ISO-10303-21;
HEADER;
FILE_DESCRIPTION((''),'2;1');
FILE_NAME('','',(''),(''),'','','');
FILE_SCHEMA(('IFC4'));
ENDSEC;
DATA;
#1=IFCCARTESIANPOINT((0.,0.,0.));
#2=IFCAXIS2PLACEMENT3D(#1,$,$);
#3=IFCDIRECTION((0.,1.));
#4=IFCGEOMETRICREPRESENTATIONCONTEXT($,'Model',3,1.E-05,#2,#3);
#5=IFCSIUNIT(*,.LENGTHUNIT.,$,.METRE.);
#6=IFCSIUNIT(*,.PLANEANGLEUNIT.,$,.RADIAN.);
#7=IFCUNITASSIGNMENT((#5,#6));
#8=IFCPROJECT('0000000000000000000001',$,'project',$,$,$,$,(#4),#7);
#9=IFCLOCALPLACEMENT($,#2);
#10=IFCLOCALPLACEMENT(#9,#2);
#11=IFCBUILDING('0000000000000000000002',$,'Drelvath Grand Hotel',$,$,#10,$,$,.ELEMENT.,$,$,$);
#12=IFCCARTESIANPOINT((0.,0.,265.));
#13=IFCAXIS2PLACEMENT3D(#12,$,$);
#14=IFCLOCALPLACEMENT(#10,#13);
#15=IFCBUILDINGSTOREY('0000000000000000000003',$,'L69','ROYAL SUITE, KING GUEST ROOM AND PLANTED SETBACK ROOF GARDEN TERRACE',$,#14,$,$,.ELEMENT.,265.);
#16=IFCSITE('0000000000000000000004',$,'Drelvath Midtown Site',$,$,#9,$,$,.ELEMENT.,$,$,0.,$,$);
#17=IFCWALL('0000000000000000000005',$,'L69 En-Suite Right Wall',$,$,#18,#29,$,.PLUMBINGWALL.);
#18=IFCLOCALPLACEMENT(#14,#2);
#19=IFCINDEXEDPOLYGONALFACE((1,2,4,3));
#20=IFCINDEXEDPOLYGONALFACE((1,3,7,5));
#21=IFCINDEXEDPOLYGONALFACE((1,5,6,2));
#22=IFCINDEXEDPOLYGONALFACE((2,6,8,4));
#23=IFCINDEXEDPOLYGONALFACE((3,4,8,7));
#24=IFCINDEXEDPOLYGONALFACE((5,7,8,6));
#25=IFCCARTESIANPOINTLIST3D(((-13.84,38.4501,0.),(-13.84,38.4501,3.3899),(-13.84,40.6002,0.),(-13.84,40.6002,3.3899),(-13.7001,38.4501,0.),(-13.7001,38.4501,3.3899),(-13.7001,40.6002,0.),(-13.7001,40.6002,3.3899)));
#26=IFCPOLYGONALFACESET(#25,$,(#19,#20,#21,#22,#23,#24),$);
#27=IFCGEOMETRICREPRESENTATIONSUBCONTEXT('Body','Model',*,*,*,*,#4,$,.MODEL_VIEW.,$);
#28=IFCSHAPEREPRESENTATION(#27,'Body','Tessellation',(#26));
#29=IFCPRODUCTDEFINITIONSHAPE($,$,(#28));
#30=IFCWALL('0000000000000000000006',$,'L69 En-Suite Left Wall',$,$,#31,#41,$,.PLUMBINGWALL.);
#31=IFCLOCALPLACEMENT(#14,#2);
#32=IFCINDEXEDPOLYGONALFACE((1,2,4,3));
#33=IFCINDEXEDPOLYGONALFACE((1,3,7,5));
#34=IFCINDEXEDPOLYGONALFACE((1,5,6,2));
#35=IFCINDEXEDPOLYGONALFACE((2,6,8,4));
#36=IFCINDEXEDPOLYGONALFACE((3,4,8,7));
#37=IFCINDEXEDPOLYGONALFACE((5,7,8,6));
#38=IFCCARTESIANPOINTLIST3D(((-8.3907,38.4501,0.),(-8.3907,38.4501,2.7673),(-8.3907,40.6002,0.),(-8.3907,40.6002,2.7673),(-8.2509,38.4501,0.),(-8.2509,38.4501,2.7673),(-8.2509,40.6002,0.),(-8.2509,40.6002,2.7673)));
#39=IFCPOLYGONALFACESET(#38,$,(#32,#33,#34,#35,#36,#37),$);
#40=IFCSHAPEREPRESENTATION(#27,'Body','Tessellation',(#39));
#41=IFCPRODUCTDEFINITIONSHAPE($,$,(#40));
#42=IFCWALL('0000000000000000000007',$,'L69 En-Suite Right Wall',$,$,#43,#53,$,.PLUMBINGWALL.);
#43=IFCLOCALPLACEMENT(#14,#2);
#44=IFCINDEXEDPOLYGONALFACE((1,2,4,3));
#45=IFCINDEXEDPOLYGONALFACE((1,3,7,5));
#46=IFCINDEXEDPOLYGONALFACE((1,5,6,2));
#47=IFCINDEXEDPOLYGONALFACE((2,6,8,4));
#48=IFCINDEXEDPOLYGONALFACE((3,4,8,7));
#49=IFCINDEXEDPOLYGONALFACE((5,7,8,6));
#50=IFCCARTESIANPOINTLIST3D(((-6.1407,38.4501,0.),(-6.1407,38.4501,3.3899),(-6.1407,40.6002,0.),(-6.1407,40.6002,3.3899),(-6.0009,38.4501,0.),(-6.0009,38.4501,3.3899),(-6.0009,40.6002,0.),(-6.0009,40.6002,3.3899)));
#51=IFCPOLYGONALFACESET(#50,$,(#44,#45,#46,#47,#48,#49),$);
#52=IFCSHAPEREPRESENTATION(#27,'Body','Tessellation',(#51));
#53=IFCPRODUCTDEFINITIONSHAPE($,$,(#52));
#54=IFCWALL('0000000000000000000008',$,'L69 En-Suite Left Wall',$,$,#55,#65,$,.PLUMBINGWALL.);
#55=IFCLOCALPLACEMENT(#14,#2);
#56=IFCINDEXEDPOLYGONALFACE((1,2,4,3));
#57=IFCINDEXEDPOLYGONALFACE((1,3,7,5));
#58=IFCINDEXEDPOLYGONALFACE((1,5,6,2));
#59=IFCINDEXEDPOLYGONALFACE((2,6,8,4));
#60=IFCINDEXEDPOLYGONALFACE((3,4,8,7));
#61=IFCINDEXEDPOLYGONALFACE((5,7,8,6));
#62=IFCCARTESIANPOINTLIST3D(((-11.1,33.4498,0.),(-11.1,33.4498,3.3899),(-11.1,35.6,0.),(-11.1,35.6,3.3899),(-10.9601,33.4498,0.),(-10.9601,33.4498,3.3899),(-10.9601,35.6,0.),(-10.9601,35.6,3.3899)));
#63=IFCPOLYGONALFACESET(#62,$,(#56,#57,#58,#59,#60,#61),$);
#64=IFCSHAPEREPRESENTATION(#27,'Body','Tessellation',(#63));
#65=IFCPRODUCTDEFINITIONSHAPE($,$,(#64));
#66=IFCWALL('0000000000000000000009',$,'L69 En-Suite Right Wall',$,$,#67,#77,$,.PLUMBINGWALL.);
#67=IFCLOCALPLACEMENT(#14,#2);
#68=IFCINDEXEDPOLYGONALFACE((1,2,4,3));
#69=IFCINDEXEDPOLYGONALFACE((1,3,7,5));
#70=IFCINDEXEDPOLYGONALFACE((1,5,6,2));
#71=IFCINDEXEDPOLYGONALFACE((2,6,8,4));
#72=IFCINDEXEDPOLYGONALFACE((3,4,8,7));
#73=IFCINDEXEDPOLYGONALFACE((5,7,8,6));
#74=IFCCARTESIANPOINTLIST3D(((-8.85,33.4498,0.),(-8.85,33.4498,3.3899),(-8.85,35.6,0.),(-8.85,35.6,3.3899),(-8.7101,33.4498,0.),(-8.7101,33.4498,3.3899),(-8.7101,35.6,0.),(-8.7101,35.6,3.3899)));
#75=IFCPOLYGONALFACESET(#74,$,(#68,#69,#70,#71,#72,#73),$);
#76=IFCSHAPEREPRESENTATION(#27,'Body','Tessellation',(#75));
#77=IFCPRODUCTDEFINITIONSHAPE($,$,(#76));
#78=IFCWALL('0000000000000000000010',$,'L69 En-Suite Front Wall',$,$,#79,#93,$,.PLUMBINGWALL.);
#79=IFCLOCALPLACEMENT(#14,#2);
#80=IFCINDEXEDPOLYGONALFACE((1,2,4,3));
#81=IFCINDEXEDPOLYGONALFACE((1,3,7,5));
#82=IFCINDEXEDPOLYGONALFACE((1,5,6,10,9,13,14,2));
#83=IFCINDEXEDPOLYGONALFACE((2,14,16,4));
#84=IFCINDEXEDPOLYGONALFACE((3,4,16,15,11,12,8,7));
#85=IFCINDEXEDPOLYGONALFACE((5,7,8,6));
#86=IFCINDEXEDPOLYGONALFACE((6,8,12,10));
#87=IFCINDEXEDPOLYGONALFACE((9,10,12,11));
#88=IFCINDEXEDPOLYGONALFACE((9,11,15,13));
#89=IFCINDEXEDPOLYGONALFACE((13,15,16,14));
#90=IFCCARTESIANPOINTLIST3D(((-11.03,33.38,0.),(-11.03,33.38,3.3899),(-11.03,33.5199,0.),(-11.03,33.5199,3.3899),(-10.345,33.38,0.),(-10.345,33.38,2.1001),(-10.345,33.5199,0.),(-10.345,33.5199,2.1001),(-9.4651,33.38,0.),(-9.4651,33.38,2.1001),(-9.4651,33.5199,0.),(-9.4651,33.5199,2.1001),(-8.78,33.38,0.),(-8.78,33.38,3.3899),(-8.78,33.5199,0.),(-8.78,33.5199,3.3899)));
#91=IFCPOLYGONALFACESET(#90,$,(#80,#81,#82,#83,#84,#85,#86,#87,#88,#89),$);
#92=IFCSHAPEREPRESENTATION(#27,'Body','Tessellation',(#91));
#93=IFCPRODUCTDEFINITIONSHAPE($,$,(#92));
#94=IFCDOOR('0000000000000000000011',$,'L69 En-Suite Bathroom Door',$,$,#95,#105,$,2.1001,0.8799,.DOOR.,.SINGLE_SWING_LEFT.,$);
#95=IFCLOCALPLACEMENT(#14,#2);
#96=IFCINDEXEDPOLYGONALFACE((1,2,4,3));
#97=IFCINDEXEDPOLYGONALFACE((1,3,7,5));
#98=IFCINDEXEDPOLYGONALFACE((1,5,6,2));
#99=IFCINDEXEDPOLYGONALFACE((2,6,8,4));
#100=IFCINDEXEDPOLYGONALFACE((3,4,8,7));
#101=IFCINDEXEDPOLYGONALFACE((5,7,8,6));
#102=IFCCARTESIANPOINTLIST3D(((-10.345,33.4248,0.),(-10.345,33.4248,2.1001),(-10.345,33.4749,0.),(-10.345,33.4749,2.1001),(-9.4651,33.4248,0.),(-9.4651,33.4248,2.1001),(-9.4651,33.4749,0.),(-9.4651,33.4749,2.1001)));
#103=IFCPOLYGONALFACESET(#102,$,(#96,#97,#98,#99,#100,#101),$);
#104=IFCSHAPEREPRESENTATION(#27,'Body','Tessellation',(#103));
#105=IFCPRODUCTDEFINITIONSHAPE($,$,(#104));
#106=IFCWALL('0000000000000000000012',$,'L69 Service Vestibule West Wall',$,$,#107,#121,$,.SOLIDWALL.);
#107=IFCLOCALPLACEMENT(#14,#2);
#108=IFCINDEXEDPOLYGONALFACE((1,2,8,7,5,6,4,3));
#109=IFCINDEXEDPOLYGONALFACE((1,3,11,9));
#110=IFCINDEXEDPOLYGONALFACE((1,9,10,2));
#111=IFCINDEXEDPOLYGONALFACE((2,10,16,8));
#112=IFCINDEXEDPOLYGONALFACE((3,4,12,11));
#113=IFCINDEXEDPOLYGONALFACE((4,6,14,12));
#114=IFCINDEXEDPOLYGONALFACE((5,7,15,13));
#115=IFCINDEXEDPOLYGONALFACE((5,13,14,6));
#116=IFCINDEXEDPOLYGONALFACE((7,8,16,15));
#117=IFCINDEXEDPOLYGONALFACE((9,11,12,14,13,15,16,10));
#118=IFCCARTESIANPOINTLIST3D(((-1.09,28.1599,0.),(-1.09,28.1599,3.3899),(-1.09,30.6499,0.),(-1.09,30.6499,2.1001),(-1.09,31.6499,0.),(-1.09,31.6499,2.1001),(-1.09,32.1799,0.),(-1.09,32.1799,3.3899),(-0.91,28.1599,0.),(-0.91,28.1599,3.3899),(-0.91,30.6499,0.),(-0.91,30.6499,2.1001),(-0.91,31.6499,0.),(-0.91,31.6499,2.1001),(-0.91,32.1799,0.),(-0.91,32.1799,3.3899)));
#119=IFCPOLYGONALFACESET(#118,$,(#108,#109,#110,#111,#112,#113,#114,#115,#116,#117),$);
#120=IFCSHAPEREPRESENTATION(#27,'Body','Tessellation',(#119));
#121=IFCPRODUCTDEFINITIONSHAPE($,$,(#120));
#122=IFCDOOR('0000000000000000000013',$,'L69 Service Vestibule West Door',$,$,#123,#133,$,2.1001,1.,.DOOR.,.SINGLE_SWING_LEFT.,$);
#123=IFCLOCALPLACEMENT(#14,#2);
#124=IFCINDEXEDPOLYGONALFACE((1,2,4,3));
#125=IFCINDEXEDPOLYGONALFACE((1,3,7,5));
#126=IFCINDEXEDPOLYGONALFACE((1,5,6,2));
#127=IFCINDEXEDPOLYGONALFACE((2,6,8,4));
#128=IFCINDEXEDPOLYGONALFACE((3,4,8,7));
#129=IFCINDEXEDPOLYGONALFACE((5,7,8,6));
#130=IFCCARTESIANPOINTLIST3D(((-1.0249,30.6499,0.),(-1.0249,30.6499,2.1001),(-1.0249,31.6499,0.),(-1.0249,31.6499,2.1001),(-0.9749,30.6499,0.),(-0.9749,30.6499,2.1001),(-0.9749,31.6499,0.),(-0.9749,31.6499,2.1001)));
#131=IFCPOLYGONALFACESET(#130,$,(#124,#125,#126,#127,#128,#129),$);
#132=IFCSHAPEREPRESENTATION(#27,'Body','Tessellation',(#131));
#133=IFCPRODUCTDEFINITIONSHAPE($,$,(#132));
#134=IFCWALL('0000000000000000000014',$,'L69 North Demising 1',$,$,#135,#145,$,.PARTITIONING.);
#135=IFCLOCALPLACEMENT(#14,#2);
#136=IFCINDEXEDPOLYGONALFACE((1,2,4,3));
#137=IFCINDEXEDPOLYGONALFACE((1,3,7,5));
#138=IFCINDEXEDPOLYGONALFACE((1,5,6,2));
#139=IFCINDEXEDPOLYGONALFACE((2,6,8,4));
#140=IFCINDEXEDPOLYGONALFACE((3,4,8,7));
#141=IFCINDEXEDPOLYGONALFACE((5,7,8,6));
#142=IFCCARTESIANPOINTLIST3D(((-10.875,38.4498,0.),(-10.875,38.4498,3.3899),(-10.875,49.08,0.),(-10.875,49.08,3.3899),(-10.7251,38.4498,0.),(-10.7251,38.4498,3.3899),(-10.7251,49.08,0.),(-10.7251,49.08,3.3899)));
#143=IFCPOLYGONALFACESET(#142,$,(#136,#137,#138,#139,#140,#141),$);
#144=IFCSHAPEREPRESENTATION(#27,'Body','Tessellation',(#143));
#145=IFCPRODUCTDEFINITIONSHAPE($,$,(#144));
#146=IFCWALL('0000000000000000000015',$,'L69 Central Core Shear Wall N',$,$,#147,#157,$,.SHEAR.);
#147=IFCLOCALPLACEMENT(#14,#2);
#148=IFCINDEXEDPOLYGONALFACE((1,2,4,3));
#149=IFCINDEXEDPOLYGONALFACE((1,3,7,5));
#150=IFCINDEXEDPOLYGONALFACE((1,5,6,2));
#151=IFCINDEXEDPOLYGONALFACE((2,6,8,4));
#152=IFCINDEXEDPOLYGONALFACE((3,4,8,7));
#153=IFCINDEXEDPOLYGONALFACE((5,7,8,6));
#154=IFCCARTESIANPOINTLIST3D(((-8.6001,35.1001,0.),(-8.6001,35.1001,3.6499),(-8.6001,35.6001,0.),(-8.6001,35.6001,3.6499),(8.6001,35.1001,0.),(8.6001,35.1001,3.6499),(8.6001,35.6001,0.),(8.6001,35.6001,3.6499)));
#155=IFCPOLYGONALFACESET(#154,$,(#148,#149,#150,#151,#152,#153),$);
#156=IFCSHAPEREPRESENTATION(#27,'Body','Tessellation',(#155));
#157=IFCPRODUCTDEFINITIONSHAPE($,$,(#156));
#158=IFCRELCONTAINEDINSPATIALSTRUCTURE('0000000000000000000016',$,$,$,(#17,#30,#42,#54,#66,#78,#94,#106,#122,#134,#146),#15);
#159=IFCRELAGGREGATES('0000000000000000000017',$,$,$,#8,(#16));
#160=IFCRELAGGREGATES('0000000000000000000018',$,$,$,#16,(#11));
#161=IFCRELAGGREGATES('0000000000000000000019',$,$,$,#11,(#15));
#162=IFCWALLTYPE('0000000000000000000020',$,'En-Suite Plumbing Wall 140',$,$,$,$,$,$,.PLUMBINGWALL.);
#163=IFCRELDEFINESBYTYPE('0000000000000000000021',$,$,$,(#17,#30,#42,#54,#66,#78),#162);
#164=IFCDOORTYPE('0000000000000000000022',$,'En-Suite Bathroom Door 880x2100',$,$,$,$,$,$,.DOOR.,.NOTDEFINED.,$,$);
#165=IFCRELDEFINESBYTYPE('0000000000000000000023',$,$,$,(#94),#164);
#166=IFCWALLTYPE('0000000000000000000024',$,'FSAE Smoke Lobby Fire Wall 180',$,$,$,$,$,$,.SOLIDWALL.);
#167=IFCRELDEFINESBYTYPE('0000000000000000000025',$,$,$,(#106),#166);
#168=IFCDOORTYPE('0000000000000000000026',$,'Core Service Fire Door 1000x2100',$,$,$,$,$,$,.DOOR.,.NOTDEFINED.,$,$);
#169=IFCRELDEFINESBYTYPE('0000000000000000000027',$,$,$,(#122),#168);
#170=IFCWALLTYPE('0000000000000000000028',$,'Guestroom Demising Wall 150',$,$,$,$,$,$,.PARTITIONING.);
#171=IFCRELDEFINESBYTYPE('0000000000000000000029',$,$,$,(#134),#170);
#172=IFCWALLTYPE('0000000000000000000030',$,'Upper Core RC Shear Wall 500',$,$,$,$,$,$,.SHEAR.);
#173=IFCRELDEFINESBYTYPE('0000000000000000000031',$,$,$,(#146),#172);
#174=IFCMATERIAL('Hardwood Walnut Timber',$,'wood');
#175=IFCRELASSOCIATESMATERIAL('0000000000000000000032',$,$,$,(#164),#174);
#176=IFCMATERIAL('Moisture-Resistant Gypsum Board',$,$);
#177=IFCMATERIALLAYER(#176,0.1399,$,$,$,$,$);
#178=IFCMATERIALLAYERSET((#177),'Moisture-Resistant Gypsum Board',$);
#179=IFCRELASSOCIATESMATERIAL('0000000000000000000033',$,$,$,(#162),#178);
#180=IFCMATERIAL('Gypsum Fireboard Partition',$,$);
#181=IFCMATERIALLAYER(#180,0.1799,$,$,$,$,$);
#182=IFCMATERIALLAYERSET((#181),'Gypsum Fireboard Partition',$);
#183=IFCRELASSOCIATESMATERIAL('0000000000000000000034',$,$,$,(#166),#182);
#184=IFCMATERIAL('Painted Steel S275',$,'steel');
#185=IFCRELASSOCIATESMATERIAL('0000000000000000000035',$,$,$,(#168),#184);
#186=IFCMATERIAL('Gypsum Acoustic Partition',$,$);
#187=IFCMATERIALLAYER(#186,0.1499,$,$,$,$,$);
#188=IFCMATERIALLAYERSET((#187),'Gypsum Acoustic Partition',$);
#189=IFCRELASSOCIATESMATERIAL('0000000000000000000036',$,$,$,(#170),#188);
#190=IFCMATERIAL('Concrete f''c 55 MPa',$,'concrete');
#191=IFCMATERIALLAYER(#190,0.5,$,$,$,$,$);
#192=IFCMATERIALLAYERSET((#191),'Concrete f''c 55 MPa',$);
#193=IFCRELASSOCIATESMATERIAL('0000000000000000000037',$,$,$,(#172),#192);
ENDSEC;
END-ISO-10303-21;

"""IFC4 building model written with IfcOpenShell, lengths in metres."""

from ifc_helpers import new_model, si_unit, direction, frame, frame_2d, origin, place, context, subcontext, project, spatial, rectangle, extrude, material, layer, layer_set, type_object, element, fill, save


model = new_model("IFC4")

# Units and contexts
model_context = context("Model", 3, precision=1e-05, world=origin(), true_north=direction((0.0, 1.0)))
body_context = subcontext(model_context, "Body", "Model", "MODEL_VIEW")
ifc_project = project(units=[si_unit("LENGTHUNIT", "METRE"), si_unit("PLANEANGLEUNIT", "RADIAN")], contexts=[model_context])

# Site, building, storey
site_placement = place(None, origin())
site = spatial("IfcSite", under=ifc_project, at=site_placement, Name="Drelvath Midtown Site", CompositionType="ELEMENT", RefElevation=0.0)
building_placement = place(site_placement, origin())
building = spatial("IfcBuilding", under=site, at=building_placement, Name="Drelvath Grand Hotel", CompositionType="ELEMENT")
storey_placement = place(building_placement, frame((0.0, 0.0, 265.0)))
storey = spatial("IfcBuildingStorey", under=building, at=storey_placement, Name="L69", Description="ROYAL SUITE, KING GUEST ROOM AND PLANTED SETBACK ROOF GARDEN TERRACE", CompositionType="ELEMENT", Elevation=265.0)

# Shared definitions
ifc_material_1 = material(Name="Concrete f'c 55 MPa", Category="concrete")

# Shared definitions
ifc_material_2 = material(Name="Hardwood Walnut Timber", Category="wood")
door_type_1 = type_object("IfcDoorType", Name="En-Suite Bathroom Door 880x2100", OperationType="NOTDEFINED", PredefinedType="DOOR", material=ifc_material_2)
ifc_material_3 = material(Name="Painted Steel S275", Category="steel")

# Walls
ifc_material_4 = material(Name="Gypsum Fireboard Partition")
ifc_material_5 = material(Name="Moisture-Resistant Gypsum Board")
ifc_layer_1 = layer(ifc_material_5, 0.1399)
ifc_layer_set_1 = layer_set([ifc_layer_1], Name="Moisture-Resistant Gypsum Board")
wall_type_1 = type_object("IfcWallType", Name="En-Suite Plumbing Wall 140", PredefinedType="PLUMBINGWALL", material=ifc_layer_set_1)
wall_1_placement = place(storey_placement, frame((-13.77, 38.45, 0.0), z_axis=(0.0, 0.0, 1.0), x_axis=(0.0, 1.0, 0.0)))
element("IfcWall", 1, at=wall_1_placement, inside=storey, type_object=wall_type_1, Name="L69 En-Suite Right Wall", PredefinedType="PLUMBINGWALL", context=body_context, shape_type="SweptSolid", body=[
    extrude(rectangle(XDim=2.1501, YDim=0.1399, at=frame_2d((1.0752, 0.0))), origin(), (0.0, 0.0, 1.0), 3.3899),
])
wall_2_placement = place(storey_placement, frame((-8.3208, 38.45, 0.0), z_axis=(0.0, 0.0, 1.0), x_axis=(0.0, 1.0, 0.0)))
element("IfcWall", 2, at=wall_2_placement, inside=storey, type_object=wall_type_1, Name="L69 En-Suite Left Wall", PredefinedType="PLUMBINGWALL", context=body_context, shape_type="SweptSolid", body=[
    extrude(rectangle(XDim=2.1501, YDim=0.1399, at=frame_2d((1.0752, 0.0))), origin(), (0.0, 0.0, 1.0), 2.7673),
])
for number, where, z_axis, x_axis, name in (
    (3, (-6.0708, 38.45, 0.0), (0.0, 0.0, 1.0), (0.0, 1.0, 0.0), "L69 En-Suite Right Wall"),
    (4, (-11.03, 35.6001, 0.0), (0.0, 0.0, 1.0), (0.0, -1.0, 0.0), "L69 En-Suite Left Wall"),
    (5, (-8.78, 35.6001, 0.0), (0.0, 0.0, 1.0), (0.0, -1.0, 0.0), "L69 En-Suite Right Wall"),
):
    element("IfcWall", number, at=place(storey_placement, frame(where, z_axis=z_axis, x_axis=x_axis)), inside=storey, type_object=wall_type_1, Name=name, PredefinedType="PLUMBINGWALL", context=body_context, shape_type="SweptSolid", body=[
        extrude(rectangle(XDim=2.1501, YDim=0.1399, at=frame_2d((1.0752, 0.0))), origin(), (0.0, 0.0, 1.0), 3.3899),
    ])

# Walls, openings, doors
wall_3_placement = place(storey_placement, frame((-11.03, 33.45, 0.0), z_axis=(0.0, 0.0, 1.0), x_axis=(1.0, 0.0, 0.0)))
wall_3 = element("IfcWall", 6, at=wall_3_placement, inside=storey, type_object=wall_type_1, Name="L69 En-Suite Front Wall", PredefinedType="PLUMBINGWALL", context=body_context, shape_type="SweptSolid", body=[
    extrude(rectangle(XDim=2.25, YDim=0.1399, at=frame_2d((1.125, 0.0))), origin(), (0.0, 0.0, 1.0), 3.3899),
])
opening_1_placement = place(wall_3_placement, frame((0.6851, 0.0, 0.0)))
opening_1 = element("IfcOpeningElement", 7, at=opening_1_placement, cuts=wall_3, PredefinedType="OPENING", context=body_context, shape_type="SweptSolid", body=[
    extrude(rectangle(XDim=0.8799, YDim=2.1001, at=frame_2d((0.4399, 1.05))), frame((0.0, 0.0798, 0.0), z_axis=(0.0, -1.0, 0.0), x_axis=(1.0, 0.0, 0.0)), (0.0, 0.0, 1.0), 0.1599),
])
door_1_placement = place(opening_1_placement, origin())
door_1 = element("IfcDoor", 8, at=door_1_placement, inside=storey, type_object=door_type_1, Name="L69 En-Suite Bathroom Door", OperationType="SINGLE_SWING_LEFT", OverallHeight=2.1001, OverallWidth=0.8799, PredefinedType="DOOR", context=body_context, shape_type="SweptSolid", body=[
    extrude(rectangle(XDim=0.8799, YDim=2.1001, at=frame_2d((0.4399, 1.05))), frame((0.0, 0.0249, 0.0), z_axis=(0.0, -1.0, 0.0), x_axis=(1.0, 0.0, 0.0)), (0.0, 0.0, 1.0), 0.05),
])
fill(opening_1, door_1)
ifc_layer_2 = layer(ifc_material_4, 0.1799)
ifc_layer_set_2 = layer_set([ifc_layer_2], Name="Gypsum Fireboard Partition")
wall_type_2 = type_object("IfcWallType", Name="FSAE Smoke Lobby Fire Wall 180", PredefinedType="SOLIDWALL", material=ifc_layer_set_2)
wall_4_placement = place(storey_placement, frame((-1.0, 28.1599, 0.0), z_axis=(0.0, 0.0, 1.0), x_axis=(0.0, 1.0, 0.0)))
wall_4 = element("IfcWall", 9, at=wall_4_placement, inside=storey, type_object=wall_type_2, Name="L69 Service Vestibule West Wall", PredefinedType="SOLIDWALL", context=body_context, shape_type="SweptSolid", body=[
    extrude(rectangle(XDim=4.02, YDim=0.1799, at=frame_2d((2.01, 0.0))), origin(), (0.0, 0.0, 1.0), 3.3899),
])
opening_2_placement = place(wall_4_placement, frame((2.49, 0.0, 0.0)))
opening_2 = element("IfcOpeningElement", 10, at=opening_2_placement, cuts=wall_4, PredefinedType="OPENING", context=body_context, shape_type="SweptSolid", body=[
    extrude(rectangle(XDim=1.0, YDim=2.1001, at=frame_2d((0.5, 1.05))), frame((0.0, 0.0999, 0.0), z_axis=(0.0, -1.0, 0.0), x_axis=(1.0, 0.0, 0.0)), (0.0, 0.0, 1.0), 0.2),
])
door_type_2 = type_object("IfcDoorType", Name="Core Service Fire Door 1000x2100", OperationType="NOTDEFINED", PredefinedType="DOOR", material=ifc_material_3)
door_2_placement = place(opening_2_placement, origin())
door_2 = element("IfcDoor", 11, at=door_2_placement, inside=storey, type_object=door_type_2, Name="L69 Service Vestibule West Door", OperationType="SINGLE_SWING_LEFT", OverallHeight=2.1001, OverallWidth=1.0, PredefinedType="DOOR", context=body_context, shape_type="SweptSolid", body=[
    extrude(rectangle(XDim=1.0, YDim=2.1001, at=frame_2d((0.5, 1.05))), frame((0.0, 0.0249, 0.0), z_axis=(0.0, -1.0, 0.0), x_axis=(1.0, 0.0, 0.0)), (0.0, 0.0, 1.0), 0.05),
])
fill(opening_2, door_2)

# Walls
ifc_material_6 = material(Name="Gypsum Acoustic Partition")
ifc_layer_3 = layer(ifc_material_6, 0.1499)
ifc_layer_set_3 = layer_set([ifc_layer_3], Name="Gypsum Acoustic Partition")
wall_type_3 = type_object("IfcWallType", Name="Guestroom Demising Wall 150", PredefinedType="PARTITIONING", material=ifc_layer_set_3)
wall_5_placement = place(storey_placement, frame((-10.8, 38.45, 0.0), z_axis=(0.0, 0.0, 1.0), x_axis=(0.0, 1.0, 0.0)))
element("IfcWall", 12, at=wall_5_placement, inside=storey, type_object=wall_type_3, Name="L69 North Demising 1", PredefinedType="PARTITIONING", context=body_context, shape_type="SweptSolid", body=[
    extrude(rectangle(XDim=10.6301, YDim=0.1499, at=frame_2d((5.3149, 0.0))), origin(), (0.0, 0.0, 1.0), 3.3899),
])
ifc_layer_4 = layer(ifc_material_1, 0.5)
ifc_layer_set_4 = layer_set([ifc_layer_4], Name="Concrete f'c 55 MPa")
wall_type_4 = type_object("IfcWallType", Name="Upper Core RC Shear Wall 500", PredefinedType="SHEAR", material=ifc_layer_set_4)
wall_6_placement = place(storey_placement, frame((-8.6001, 35.3501, 0.0), z_axis=(0.0, 0.0, 1.0), x_axis=(1.0, 0.0, 0.0)))
element("IfcWall", 13, at=wall_6_placement, inside=storey, type_object=wall_type_4, Name="L69 Central Core Shear Wall N", PredefinedType="SHEAR", context=body_context, shape_type="SweptSolid", body=[
    extrude(rectangle(XDim=17.2002, YDim=0.5, at=frame_2d((8.6001, 0.0))), origin(), (0.0, 0.0, 1.0), 3.6499),
])

save(model, "model.ifc")
